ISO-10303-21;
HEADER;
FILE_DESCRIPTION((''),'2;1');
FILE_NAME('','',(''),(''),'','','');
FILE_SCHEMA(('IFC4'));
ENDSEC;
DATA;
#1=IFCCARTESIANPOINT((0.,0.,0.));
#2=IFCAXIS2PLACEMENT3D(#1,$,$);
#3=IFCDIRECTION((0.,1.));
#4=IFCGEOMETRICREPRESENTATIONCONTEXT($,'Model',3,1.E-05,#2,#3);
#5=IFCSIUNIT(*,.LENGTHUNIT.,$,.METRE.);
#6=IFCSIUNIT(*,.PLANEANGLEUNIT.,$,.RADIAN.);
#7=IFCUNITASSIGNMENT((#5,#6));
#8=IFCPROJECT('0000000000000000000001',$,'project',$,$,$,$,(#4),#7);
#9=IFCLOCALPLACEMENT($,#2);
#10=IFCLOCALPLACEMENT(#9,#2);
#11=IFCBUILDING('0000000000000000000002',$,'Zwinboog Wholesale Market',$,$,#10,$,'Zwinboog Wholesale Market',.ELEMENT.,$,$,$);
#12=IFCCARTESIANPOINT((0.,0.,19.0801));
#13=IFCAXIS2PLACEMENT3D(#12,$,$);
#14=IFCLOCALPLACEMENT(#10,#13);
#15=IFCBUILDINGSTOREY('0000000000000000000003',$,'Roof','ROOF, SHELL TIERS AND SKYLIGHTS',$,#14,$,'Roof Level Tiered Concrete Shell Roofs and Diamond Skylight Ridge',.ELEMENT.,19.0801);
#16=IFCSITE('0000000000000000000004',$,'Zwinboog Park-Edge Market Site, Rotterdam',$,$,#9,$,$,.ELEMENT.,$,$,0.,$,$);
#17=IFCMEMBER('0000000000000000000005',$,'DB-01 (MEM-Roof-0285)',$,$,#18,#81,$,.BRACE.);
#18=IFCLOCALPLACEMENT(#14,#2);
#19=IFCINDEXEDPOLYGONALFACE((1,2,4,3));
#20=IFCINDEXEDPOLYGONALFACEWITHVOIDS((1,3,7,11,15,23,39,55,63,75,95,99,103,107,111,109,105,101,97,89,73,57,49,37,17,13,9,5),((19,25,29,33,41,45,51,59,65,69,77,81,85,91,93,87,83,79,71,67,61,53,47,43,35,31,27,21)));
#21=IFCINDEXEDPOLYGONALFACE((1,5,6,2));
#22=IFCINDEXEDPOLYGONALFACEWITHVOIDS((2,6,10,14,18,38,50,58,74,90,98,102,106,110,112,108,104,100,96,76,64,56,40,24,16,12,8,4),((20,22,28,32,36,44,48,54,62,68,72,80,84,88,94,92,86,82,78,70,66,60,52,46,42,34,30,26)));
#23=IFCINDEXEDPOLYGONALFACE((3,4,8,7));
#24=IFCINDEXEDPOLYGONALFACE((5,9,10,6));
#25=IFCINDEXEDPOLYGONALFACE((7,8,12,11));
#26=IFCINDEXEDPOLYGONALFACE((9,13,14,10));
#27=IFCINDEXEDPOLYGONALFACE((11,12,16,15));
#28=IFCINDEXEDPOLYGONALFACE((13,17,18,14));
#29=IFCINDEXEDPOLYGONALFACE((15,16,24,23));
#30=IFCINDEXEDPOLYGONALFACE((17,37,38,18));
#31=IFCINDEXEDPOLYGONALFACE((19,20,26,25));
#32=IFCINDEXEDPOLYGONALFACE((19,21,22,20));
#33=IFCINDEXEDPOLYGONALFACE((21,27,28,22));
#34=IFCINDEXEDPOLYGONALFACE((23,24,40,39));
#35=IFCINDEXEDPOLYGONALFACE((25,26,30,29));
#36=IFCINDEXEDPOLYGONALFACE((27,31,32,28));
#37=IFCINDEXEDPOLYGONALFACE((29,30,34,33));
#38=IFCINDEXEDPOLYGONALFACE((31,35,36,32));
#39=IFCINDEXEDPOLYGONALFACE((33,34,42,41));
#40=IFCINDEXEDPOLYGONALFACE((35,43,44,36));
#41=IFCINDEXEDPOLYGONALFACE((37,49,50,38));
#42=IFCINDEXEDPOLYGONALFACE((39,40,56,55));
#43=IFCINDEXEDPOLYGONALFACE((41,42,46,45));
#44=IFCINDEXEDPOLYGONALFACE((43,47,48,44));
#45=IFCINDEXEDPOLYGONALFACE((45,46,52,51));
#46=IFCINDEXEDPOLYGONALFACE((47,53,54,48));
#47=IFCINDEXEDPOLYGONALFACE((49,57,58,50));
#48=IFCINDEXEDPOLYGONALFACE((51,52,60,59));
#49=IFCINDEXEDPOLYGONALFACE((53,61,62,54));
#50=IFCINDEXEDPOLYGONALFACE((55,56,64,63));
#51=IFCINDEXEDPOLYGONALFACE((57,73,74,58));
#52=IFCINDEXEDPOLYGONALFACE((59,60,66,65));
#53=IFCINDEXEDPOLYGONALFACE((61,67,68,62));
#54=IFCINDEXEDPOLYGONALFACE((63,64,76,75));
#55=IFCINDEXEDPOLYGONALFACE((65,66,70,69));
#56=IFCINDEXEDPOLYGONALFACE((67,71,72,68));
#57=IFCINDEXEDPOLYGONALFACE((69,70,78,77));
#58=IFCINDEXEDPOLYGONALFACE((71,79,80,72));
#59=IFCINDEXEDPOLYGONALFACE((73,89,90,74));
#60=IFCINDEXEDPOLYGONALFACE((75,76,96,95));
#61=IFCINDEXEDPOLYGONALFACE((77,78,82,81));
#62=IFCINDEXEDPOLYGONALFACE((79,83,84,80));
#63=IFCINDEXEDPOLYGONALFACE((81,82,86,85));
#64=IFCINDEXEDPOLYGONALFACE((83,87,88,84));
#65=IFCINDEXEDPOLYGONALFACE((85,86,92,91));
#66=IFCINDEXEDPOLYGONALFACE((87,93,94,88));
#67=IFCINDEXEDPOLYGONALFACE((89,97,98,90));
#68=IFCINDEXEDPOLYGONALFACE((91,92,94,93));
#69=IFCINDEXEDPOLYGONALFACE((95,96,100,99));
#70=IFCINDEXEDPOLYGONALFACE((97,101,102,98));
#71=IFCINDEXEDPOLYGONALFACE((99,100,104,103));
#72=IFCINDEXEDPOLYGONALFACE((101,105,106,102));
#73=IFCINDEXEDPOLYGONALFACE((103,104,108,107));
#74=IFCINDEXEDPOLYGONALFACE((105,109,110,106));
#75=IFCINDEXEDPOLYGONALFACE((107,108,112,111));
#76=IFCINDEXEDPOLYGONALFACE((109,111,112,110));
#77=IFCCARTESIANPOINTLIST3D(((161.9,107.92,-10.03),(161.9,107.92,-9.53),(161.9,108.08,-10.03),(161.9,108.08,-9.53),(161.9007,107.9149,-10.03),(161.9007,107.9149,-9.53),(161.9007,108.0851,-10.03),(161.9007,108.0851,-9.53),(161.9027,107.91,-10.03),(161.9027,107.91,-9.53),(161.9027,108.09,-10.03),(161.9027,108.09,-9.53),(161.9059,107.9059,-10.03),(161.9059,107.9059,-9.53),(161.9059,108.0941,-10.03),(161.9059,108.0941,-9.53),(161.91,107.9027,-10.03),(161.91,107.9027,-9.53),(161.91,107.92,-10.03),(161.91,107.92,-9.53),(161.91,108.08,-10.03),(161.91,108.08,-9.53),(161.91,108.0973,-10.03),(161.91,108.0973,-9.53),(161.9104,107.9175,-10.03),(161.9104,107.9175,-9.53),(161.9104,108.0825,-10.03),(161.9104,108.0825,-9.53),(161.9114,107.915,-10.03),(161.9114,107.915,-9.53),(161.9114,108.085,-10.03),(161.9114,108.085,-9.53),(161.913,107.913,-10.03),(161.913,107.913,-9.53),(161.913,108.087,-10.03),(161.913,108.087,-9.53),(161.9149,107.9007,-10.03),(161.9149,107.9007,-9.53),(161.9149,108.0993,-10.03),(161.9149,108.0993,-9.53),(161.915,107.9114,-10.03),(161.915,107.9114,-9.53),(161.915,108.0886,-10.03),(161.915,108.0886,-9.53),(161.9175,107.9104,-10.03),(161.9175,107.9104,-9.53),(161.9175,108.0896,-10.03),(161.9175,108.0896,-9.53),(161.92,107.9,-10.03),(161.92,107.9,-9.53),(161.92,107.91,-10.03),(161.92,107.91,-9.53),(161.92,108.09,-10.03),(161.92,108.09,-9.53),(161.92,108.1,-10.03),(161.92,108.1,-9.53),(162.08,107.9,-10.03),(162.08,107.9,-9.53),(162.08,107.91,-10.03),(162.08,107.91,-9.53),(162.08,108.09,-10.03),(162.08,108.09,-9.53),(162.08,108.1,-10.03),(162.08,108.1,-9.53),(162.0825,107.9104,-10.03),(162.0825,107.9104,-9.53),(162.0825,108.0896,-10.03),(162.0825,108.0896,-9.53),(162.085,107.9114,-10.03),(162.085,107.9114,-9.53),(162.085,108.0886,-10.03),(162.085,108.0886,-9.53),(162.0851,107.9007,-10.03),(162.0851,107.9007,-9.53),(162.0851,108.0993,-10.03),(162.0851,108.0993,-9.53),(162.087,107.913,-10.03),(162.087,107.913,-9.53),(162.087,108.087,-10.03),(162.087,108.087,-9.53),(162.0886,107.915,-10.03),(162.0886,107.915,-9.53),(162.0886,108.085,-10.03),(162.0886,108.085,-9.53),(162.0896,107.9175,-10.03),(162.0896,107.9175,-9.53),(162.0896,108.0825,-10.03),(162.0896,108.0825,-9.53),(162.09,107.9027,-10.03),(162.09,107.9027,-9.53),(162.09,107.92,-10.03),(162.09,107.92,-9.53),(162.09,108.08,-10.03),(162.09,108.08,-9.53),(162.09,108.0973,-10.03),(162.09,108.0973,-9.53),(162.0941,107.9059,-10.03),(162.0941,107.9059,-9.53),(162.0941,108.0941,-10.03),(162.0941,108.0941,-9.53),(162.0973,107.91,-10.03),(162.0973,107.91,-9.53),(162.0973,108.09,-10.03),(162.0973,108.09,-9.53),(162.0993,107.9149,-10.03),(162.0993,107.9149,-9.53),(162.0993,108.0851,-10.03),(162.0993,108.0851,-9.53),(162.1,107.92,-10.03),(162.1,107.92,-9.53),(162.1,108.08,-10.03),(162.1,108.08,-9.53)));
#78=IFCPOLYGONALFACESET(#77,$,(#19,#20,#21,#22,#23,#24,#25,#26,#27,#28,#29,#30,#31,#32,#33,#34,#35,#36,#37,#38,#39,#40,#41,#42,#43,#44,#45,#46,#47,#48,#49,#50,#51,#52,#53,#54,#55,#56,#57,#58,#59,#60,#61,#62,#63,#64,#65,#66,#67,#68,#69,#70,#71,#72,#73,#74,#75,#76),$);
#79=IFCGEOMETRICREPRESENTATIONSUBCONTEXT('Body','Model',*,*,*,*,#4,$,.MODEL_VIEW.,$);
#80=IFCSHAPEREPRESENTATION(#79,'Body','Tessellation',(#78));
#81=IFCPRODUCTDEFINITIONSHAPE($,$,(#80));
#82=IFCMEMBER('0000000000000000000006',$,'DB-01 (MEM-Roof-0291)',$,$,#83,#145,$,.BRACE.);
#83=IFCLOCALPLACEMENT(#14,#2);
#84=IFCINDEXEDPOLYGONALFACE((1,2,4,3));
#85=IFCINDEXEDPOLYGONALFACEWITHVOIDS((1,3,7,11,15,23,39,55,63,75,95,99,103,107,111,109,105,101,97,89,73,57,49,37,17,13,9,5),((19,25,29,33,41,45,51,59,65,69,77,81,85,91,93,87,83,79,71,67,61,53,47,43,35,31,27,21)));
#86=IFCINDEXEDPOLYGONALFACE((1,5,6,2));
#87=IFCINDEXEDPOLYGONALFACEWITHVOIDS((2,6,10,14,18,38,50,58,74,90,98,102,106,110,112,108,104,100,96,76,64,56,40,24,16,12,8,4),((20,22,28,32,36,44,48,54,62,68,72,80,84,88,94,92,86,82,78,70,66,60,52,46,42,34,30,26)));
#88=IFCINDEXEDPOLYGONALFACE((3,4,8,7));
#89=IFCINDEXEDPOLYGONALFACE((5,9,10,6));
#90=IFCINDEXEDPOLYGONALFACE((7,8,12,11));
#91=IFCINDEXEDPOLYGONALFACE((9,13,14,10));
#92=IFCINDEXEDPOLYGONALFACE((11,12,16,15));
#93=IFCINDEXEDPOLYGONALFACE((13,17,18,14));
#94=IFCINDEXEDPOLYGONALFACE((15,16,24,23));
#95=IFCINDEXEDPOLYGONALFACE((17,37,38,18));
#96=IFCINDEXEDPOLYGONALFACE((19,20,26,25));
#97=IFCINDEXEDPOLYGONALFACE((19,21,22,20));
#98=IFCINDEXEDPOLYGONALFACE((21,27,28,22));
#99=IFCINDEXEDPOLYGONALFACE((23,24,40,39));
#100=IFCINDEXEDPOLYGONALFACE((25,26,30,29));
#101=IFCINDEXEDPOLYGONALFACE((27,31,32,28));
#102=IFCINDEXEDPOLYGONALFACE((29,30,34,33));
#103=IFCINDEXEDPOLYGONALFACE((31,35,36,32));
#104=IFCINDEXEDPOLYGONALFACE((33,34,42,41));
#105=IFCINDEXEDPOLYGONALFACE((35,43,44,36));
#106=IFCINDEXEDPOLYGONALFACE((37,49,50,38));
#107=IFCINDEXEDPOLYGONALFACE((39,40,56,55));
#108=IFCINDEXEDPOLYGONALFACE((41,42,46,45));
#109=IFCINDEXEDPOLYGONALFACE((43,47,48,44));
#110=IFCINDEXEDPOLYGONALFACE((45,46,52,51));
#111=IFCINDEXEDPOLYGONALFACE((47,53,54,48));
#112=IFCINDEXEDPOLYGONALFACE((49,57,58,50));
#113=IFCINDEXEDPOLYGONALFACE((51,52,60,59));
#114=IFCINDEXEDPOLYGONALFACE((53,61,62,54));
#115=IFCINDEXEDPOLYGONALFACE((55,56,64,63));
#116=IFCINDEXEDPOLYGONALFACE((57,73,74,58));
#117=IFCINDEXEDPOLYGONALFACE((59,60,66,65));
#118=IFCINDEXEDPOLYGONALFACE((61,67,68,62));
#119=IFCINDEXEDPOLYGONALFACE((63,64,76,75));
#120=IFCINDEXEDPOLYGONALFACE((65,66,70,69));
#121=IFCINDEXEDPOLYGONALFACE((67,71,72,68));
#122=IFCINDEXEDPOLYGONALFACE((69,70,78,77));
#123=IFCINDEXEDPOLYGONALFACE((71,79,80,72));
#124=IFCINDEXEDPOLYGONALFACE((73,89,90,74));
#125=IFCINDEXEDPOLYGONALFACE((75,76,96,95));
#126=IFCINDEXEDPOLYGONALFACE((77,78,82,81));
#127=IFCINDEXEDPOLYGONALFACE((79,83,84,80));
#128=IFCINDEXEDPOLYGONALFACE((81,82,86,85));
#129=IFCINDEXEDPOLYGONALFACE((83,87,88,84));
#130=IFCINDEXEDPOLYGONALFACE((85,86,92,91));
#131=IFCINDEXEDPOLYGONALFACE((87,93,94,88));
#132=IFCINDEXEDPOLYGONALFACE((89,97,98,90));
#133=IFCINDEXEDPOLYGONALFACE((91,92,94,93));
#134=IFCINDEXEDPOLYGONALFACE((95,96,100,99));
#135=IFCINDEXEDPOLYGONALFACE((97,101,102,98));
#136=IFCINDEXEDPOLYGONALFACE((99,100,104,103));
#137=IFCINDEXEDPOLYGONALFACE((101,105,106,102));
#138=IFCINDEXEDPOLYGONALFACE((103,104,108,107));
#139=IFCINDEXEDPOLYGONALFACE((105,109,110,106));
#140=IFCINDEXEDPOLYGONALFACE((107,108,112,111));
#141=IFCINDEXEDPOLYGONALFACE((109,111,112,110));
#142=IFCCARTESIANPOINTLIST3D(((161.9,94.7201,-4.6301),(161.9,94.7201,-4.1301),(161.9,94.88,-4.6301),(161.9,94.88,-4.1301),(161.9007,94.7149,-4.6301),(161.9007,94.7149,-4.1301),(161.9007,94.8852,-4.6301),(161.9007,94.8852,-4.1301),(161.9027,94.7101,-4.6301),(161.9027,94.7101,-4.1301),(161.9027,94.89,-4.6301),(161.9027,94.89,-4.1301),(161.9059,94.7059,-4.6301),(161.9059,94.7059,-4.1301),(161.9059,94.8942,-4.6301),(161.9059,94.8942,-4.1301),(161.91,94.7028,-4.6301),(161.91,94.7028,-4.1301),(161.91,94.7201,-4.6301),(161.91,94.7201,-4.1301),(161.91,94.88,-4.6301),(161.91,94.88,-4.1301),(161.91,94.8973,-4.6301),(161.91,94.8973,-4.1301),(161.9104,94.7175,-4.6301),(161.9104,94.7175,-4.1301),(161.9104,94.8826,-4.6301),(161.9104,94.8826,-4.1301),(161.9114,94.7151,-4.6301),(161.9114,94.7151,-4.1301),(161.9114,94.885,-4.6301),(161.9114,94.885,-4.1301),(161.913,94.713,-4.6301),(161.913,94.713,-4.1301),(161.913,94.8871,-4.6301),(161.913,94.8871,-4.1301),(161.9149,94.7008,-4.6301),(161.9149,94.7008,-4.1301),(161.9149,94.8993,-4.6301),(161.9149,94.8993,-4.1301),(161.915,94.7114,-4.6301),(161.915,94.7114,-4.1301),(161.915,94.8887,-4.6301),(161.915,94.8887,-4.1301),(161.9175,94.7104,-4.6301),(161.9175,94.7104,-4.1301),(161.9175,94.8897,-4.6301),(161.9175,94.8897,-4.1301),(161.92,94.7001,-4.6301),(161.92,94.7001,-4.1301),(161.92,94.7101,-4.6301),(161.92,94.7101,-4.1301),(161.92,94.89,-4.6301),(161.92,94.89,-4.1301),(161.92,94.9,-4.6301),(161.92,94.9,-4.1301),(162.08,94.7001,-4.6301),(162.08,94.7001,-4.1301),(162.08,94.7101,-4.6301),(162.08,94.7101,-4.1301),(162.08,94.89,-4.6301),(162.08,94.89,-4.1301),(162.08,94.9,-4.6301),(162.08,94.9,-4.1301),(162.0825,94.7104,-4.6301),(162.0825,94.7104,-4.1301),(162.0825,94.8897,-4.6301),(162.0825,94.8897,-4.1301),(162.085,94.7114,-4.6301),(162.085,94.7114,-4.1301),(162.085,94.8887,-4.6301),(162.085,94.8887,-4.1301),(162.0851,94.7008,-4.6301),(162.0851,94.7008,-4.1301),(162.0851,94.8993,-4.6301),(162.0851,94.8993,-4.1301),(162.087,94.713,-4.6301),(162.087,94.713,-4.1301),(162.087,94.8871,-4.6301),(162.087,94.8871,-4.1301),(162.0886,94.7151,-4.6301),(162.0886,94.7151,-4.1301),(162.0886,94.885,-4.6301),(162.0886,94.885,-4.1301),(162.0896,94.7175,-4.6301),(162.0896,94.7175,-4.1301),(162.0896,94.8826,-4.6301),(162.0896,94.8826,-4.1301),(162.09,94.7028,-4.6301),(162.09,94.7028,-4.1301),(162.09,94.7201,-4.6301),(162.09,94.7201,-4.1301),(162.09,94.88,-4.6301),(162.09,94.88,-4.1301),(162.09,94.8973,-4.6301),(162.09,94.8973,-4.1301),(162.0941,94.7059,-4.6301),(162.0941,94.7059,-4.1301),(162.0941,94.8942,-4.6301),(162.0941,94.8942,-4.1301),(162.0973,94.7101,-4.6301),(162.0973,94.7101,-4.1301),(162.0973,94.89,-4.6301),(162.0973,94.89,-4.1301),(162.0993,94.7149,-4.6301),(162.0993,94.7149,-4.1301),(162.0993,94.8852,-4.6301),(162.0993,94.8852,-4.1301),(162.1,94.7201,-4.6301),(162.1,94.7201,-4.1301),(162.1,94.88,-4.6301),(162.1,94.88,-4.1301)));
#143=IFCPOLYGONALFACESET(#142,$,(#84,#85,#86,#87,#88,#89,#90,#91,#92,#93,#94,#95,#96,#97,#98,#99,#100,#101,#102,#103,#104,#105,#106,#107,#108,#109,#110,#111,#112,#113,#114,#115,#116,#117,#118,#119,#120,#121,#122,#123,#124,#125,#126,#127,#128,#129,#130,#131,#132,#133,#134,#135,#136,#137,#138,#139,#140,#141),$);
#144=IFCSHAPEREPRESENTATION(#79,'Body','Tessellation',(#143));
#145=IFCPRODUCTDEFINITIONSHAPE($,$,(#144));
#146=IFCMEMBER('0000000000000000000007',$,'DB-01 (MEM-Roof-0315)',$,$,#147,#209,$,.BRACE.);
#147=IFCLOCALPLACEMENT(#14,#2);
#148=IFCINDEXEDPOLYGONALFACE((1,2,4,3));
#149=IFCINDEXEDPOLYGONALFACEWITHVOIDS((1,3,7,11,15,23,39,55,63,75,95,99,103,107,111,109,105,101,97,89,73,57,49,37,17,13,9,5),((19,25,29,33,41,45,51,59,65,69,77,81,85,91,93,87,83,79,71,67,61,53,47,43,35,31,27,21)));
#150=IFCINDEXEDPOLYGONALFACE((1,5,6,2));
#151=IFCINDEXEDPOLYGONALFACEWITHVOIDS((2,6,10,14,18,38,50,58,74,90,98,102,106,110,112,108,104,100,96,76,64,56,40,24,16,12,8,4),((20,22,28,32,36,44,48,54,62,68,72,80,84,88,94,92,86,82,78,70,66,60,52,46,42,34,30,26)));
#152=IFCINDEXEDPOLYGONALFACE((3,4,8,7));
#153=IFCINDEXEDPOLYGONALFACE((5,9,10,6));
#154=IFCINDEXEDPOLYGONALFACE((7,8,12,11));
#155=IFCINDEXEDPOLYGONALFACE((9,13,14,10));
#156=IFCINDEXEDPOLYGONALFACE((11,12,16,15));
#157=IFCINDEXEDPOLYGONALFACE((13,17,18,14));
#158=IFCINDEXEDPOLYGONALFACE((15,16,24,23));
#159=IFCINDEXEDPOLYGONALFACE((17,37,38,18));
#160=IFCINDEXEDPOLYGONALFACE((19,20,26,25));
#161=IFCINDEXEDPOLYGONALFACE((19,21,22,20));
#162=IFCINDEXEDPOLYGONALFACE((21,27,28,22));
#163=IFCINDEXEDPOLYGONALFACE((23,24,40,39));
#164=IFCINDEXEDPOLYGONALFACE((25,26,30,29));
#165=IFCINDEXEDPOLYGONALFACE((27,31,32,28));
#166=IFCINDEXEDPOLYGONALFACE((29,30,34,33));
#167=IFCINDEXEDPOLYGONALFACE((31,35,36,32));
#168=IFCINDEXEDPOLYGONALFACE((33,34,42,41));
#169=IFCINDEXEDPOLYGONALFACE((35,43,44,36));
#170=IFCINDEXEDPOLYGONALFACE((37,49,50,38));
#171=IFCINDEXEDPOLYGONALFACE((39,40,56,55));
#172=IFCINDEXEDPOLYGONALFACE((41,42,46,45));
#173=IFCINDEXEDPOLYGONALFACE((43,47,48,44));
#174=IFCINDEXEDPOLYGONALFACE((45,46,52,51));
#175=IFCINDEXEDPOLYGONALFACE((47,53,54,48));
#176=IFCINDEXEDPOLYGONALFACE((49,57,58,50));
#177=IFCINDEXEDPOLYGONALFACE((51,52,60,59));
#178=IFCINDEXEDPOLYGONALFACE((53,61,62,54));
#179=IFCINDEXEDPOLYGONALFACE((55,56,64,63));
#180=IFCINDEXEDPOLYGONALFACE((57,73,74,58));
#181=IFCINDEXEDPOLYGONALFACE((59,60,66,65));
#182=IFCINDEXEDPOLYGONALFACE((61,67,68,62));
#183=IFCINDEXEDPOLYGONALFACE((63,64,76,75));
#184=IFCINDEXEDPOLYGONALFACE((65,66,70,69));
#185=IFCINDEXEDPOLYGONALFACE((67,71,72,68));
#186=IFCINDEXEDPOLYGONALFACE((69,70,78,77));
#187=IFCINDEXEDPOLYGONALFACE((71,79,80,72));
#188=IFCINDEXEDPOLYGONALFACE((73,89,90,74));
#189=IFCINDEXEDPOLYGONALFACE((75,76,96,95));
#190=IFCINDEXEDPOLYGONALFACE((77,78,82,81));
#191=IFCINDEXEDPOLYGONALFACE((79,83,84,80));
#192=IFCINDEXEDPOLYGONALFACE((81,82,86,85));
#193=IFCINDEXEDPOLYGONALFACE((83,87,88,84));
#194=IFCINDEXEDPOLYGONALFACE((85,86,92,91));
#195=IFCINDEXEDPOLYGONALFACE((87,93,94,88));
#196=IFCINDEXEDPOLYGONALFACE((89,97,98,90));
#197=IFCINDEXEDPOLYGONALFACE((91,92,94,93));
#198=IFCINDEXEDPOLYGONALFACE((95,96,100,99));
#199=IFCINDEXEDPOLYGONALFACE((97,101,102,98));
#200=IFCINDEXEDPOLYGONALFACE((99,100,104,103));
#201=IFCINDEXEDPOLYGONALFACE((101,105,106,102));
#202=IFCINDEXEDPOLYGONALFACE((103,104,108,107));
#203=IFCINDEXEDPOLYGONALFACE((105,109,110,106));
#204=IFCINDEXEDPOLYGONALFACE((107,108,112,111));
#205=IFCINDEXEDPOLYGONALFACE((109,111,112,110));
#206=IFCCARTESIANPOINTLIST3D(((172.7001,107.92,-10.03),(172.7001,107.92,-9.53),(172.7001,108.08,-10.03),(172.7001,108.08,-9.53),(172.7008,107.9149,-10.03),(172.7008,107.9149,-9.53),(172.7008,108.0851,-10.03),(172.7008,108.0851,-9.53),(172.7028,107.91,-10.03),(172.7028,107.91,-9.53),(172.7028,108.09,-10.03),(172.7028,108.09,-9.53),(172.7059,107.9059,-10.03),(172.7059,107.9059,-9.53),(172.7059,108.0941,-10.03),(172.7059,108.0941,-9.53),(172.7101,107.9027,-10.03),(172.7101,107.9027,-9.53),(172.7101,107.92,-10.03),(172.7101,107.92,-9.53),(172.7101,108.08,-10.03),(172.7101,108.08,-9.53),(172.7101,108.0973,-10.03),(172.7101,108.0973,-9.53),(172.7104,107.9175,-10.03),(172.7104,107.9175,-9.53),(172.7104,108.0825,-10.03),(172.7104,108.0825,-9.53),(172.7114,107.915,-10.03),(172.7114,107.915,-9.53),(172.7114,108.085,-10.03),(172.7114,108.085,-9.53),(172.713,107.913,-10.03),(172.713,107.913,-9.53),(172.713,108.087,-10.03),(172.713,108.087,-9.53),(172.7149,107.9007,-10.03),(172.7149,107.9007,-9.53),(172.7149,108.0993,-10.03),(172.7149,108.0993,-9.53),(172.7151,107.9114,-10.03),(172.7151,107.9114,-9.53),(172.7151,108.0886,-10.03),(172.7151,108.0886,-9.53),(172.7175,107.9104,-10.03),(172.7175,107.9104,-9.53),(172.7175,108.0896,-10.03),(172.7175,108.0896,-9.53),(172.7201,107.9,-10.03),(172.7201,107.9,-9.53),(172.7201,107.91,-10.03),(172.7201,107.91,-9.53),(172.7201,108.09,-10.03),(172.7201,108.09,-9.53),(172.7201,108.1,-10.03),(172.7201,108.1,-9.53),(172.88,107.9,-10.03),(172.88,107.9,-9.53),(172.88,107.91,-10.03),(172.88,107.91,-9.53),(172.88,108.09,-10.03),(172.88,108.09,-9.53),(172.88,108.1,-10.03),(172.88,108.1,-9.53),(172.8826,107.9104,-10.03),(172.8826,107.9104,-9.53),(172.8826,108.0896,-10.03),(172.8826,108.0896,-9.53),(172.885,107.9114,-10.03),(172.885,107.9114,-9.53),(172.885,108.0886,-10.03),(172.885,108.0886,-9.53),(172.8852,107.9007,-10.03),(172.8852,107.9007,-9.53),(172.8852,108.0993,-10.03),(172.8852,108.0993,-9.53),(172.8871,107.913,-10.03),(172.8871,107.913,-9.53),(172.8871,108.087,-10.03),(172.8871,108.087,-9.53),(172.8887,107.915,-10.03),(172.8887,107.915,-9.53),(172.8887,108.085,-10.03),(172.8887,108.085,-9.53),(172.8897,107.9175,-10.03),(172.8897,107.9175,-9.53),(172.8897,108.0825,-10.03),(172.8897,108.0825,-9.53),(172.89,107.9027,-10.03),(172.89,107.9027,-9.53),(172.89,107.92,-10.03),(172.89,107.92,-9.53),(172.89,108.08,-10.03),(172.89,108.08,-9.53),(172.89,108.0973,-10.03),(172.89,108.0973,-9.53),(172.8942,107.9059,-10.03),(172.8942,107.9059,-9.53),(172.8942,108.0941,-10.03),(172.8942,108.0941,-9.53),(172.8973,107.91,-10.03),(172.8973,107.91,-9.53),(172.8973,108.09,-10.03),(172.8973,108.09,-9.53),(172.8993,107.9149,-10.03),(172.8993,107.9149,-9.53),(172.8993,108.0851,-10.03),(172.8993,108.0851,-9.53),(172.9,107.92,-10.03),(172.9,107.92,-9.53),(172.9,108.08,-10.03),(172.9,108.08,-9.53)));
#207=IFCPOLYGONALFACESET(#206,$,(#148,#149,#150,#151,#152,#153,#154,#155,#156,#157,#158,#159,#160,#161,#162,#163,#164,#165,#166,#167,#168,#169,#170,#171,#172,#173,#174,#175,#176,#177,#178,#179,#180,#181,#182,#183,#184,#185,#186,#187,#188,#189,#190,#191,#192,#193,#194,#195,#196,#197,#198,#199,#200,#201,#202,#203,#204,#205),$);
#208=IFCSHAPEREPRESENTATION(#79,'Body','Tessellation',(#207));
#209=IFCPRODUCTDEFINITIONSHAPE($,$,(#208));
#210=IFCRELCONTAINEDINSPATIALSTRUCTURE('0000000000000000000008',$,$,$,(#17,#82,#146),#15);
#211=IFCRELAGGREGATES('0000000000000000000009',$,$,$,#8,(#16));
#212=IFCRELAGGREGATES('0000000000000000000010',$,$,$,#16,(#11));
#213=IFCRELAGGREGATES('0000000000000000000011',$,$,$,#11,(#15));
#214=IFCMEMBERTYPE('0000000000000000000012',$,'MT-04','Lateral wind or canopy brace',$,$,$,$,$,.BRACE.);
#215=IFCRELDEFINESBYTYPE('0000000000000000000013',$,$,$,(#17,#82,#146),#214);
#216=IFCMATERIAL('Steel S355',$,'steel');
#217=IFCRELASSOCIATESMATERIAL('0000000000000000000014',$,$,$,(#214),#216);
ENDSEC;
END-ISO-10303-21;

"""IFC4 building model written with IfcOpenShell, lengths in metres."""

from ifc_helpers import new_model, si_unit, direction, frame, origin, origin_2d, place, context, subcontext, project, spatial, hollow_rectangle, extrude, material, material_profile, profile_set, type_object, element, save


model = new_model("IFC4")

# Units and contexts
model_context = context("Model", 3, precision=1e-05, world=origin(), true_north=direction((0.0, 1.0)))
body_context = subcontext(model_context, "Body", "Model", "MODEL_VIEW")
ifc_project = project(units=[si_unit("LENGTHUNIT", "METRE"), si_unit("PLANEANGLEUNIT", "RADIAN")], contexts=[model_context])

# Site, building, storey
site_placement = place(None, origin())
site = spatial("IfcSite", under=ifc_project, at=site_placement, Name="Zwinboog Park-Edge Market Site, Rotterdam", CompositionType="ELEMENT", RefElevation=0.0)
building_placement = place(site_placement, origin())
building = spatial("IfcBuilding", under=site, at=building_placement, Name="Zwinboog Wholesale Market", LongName="Zwinboog Wholesale Market", CompositionType="ELEMENT")
storey_placement = place(building_placement, frame((0.0, 0.0, 19.0801)))
storey = spatial("IfcBuildingStorey", under=building, at=storey_placement, Name="Roof", Description="ROOF, SHELL TIERS AND SKYLIGHTS", LongName="Roof Level Tiered Concrete Shell Roofs and Diamond Skylight Ridge", CompositionType="ELEMENT", Elevation=19.0801)

# Members
ifc_material_1 = material(Name="Steel S355", Category="steel")
ifc_material_profile_1 = material_profile(ifc_material_1, hollow_rectangle(XDim=0.2, YDim=0.2, WallThickness=0.01, InnerFilletRadius=0.01, OuterFilletRadius=0.02, at=origin_2d()), Name="SHS 200x200x10")
ifc_profile_set_1 = profile_set([ifc_material_profile_1], Name="Steel S355")
member_type_1 = type_object("IfcMemberType", Name="MT-04", Description="Lateral wind or canopy brace", PredefinedType="BRACE", material=ifc_profile_set_1)
for number, where, z_axis, x_axis, name in (
    (1, (162.0, 108.0, -10.03), (0.0, 0.0, 1.0), (1.0, 0.0, 0.0), "DB-01 (MEM-Roof-0285)"),
    (2, (162.0, 94.8, -4.6301), (0.0, 0.0, 1.0), (1.0, 0.0, 0.0), "DB-01 (MEM-Roof-0291)"),
    (3, (172.8, 108.0, -10.03), (0.0, 0.0, 1.0), (1.0, 0.0, 0.0), "DB-01 (MEM-Roof-0315)"),
):
    element("IfcMember", number, at=place(storey_placement, frame(where, z_axis=z_axis, x_axis=x_axis)), inside=storey, type_object=member_type_1, Name=name, PredefinedType="BRACE", context=body_context, shape_type="SweptSolid", body=[
        extrude(hollow_rectangle(XDim=0.2, YDim=0.2, WallThickness=0.01, InnerFilletRadius=0.01, OuterFilletRadius=0.02, at=origin_2d()), origin(), (0.0, 0.0, 1.0), 0.5),
    ])

save(model, "model.ifc")
